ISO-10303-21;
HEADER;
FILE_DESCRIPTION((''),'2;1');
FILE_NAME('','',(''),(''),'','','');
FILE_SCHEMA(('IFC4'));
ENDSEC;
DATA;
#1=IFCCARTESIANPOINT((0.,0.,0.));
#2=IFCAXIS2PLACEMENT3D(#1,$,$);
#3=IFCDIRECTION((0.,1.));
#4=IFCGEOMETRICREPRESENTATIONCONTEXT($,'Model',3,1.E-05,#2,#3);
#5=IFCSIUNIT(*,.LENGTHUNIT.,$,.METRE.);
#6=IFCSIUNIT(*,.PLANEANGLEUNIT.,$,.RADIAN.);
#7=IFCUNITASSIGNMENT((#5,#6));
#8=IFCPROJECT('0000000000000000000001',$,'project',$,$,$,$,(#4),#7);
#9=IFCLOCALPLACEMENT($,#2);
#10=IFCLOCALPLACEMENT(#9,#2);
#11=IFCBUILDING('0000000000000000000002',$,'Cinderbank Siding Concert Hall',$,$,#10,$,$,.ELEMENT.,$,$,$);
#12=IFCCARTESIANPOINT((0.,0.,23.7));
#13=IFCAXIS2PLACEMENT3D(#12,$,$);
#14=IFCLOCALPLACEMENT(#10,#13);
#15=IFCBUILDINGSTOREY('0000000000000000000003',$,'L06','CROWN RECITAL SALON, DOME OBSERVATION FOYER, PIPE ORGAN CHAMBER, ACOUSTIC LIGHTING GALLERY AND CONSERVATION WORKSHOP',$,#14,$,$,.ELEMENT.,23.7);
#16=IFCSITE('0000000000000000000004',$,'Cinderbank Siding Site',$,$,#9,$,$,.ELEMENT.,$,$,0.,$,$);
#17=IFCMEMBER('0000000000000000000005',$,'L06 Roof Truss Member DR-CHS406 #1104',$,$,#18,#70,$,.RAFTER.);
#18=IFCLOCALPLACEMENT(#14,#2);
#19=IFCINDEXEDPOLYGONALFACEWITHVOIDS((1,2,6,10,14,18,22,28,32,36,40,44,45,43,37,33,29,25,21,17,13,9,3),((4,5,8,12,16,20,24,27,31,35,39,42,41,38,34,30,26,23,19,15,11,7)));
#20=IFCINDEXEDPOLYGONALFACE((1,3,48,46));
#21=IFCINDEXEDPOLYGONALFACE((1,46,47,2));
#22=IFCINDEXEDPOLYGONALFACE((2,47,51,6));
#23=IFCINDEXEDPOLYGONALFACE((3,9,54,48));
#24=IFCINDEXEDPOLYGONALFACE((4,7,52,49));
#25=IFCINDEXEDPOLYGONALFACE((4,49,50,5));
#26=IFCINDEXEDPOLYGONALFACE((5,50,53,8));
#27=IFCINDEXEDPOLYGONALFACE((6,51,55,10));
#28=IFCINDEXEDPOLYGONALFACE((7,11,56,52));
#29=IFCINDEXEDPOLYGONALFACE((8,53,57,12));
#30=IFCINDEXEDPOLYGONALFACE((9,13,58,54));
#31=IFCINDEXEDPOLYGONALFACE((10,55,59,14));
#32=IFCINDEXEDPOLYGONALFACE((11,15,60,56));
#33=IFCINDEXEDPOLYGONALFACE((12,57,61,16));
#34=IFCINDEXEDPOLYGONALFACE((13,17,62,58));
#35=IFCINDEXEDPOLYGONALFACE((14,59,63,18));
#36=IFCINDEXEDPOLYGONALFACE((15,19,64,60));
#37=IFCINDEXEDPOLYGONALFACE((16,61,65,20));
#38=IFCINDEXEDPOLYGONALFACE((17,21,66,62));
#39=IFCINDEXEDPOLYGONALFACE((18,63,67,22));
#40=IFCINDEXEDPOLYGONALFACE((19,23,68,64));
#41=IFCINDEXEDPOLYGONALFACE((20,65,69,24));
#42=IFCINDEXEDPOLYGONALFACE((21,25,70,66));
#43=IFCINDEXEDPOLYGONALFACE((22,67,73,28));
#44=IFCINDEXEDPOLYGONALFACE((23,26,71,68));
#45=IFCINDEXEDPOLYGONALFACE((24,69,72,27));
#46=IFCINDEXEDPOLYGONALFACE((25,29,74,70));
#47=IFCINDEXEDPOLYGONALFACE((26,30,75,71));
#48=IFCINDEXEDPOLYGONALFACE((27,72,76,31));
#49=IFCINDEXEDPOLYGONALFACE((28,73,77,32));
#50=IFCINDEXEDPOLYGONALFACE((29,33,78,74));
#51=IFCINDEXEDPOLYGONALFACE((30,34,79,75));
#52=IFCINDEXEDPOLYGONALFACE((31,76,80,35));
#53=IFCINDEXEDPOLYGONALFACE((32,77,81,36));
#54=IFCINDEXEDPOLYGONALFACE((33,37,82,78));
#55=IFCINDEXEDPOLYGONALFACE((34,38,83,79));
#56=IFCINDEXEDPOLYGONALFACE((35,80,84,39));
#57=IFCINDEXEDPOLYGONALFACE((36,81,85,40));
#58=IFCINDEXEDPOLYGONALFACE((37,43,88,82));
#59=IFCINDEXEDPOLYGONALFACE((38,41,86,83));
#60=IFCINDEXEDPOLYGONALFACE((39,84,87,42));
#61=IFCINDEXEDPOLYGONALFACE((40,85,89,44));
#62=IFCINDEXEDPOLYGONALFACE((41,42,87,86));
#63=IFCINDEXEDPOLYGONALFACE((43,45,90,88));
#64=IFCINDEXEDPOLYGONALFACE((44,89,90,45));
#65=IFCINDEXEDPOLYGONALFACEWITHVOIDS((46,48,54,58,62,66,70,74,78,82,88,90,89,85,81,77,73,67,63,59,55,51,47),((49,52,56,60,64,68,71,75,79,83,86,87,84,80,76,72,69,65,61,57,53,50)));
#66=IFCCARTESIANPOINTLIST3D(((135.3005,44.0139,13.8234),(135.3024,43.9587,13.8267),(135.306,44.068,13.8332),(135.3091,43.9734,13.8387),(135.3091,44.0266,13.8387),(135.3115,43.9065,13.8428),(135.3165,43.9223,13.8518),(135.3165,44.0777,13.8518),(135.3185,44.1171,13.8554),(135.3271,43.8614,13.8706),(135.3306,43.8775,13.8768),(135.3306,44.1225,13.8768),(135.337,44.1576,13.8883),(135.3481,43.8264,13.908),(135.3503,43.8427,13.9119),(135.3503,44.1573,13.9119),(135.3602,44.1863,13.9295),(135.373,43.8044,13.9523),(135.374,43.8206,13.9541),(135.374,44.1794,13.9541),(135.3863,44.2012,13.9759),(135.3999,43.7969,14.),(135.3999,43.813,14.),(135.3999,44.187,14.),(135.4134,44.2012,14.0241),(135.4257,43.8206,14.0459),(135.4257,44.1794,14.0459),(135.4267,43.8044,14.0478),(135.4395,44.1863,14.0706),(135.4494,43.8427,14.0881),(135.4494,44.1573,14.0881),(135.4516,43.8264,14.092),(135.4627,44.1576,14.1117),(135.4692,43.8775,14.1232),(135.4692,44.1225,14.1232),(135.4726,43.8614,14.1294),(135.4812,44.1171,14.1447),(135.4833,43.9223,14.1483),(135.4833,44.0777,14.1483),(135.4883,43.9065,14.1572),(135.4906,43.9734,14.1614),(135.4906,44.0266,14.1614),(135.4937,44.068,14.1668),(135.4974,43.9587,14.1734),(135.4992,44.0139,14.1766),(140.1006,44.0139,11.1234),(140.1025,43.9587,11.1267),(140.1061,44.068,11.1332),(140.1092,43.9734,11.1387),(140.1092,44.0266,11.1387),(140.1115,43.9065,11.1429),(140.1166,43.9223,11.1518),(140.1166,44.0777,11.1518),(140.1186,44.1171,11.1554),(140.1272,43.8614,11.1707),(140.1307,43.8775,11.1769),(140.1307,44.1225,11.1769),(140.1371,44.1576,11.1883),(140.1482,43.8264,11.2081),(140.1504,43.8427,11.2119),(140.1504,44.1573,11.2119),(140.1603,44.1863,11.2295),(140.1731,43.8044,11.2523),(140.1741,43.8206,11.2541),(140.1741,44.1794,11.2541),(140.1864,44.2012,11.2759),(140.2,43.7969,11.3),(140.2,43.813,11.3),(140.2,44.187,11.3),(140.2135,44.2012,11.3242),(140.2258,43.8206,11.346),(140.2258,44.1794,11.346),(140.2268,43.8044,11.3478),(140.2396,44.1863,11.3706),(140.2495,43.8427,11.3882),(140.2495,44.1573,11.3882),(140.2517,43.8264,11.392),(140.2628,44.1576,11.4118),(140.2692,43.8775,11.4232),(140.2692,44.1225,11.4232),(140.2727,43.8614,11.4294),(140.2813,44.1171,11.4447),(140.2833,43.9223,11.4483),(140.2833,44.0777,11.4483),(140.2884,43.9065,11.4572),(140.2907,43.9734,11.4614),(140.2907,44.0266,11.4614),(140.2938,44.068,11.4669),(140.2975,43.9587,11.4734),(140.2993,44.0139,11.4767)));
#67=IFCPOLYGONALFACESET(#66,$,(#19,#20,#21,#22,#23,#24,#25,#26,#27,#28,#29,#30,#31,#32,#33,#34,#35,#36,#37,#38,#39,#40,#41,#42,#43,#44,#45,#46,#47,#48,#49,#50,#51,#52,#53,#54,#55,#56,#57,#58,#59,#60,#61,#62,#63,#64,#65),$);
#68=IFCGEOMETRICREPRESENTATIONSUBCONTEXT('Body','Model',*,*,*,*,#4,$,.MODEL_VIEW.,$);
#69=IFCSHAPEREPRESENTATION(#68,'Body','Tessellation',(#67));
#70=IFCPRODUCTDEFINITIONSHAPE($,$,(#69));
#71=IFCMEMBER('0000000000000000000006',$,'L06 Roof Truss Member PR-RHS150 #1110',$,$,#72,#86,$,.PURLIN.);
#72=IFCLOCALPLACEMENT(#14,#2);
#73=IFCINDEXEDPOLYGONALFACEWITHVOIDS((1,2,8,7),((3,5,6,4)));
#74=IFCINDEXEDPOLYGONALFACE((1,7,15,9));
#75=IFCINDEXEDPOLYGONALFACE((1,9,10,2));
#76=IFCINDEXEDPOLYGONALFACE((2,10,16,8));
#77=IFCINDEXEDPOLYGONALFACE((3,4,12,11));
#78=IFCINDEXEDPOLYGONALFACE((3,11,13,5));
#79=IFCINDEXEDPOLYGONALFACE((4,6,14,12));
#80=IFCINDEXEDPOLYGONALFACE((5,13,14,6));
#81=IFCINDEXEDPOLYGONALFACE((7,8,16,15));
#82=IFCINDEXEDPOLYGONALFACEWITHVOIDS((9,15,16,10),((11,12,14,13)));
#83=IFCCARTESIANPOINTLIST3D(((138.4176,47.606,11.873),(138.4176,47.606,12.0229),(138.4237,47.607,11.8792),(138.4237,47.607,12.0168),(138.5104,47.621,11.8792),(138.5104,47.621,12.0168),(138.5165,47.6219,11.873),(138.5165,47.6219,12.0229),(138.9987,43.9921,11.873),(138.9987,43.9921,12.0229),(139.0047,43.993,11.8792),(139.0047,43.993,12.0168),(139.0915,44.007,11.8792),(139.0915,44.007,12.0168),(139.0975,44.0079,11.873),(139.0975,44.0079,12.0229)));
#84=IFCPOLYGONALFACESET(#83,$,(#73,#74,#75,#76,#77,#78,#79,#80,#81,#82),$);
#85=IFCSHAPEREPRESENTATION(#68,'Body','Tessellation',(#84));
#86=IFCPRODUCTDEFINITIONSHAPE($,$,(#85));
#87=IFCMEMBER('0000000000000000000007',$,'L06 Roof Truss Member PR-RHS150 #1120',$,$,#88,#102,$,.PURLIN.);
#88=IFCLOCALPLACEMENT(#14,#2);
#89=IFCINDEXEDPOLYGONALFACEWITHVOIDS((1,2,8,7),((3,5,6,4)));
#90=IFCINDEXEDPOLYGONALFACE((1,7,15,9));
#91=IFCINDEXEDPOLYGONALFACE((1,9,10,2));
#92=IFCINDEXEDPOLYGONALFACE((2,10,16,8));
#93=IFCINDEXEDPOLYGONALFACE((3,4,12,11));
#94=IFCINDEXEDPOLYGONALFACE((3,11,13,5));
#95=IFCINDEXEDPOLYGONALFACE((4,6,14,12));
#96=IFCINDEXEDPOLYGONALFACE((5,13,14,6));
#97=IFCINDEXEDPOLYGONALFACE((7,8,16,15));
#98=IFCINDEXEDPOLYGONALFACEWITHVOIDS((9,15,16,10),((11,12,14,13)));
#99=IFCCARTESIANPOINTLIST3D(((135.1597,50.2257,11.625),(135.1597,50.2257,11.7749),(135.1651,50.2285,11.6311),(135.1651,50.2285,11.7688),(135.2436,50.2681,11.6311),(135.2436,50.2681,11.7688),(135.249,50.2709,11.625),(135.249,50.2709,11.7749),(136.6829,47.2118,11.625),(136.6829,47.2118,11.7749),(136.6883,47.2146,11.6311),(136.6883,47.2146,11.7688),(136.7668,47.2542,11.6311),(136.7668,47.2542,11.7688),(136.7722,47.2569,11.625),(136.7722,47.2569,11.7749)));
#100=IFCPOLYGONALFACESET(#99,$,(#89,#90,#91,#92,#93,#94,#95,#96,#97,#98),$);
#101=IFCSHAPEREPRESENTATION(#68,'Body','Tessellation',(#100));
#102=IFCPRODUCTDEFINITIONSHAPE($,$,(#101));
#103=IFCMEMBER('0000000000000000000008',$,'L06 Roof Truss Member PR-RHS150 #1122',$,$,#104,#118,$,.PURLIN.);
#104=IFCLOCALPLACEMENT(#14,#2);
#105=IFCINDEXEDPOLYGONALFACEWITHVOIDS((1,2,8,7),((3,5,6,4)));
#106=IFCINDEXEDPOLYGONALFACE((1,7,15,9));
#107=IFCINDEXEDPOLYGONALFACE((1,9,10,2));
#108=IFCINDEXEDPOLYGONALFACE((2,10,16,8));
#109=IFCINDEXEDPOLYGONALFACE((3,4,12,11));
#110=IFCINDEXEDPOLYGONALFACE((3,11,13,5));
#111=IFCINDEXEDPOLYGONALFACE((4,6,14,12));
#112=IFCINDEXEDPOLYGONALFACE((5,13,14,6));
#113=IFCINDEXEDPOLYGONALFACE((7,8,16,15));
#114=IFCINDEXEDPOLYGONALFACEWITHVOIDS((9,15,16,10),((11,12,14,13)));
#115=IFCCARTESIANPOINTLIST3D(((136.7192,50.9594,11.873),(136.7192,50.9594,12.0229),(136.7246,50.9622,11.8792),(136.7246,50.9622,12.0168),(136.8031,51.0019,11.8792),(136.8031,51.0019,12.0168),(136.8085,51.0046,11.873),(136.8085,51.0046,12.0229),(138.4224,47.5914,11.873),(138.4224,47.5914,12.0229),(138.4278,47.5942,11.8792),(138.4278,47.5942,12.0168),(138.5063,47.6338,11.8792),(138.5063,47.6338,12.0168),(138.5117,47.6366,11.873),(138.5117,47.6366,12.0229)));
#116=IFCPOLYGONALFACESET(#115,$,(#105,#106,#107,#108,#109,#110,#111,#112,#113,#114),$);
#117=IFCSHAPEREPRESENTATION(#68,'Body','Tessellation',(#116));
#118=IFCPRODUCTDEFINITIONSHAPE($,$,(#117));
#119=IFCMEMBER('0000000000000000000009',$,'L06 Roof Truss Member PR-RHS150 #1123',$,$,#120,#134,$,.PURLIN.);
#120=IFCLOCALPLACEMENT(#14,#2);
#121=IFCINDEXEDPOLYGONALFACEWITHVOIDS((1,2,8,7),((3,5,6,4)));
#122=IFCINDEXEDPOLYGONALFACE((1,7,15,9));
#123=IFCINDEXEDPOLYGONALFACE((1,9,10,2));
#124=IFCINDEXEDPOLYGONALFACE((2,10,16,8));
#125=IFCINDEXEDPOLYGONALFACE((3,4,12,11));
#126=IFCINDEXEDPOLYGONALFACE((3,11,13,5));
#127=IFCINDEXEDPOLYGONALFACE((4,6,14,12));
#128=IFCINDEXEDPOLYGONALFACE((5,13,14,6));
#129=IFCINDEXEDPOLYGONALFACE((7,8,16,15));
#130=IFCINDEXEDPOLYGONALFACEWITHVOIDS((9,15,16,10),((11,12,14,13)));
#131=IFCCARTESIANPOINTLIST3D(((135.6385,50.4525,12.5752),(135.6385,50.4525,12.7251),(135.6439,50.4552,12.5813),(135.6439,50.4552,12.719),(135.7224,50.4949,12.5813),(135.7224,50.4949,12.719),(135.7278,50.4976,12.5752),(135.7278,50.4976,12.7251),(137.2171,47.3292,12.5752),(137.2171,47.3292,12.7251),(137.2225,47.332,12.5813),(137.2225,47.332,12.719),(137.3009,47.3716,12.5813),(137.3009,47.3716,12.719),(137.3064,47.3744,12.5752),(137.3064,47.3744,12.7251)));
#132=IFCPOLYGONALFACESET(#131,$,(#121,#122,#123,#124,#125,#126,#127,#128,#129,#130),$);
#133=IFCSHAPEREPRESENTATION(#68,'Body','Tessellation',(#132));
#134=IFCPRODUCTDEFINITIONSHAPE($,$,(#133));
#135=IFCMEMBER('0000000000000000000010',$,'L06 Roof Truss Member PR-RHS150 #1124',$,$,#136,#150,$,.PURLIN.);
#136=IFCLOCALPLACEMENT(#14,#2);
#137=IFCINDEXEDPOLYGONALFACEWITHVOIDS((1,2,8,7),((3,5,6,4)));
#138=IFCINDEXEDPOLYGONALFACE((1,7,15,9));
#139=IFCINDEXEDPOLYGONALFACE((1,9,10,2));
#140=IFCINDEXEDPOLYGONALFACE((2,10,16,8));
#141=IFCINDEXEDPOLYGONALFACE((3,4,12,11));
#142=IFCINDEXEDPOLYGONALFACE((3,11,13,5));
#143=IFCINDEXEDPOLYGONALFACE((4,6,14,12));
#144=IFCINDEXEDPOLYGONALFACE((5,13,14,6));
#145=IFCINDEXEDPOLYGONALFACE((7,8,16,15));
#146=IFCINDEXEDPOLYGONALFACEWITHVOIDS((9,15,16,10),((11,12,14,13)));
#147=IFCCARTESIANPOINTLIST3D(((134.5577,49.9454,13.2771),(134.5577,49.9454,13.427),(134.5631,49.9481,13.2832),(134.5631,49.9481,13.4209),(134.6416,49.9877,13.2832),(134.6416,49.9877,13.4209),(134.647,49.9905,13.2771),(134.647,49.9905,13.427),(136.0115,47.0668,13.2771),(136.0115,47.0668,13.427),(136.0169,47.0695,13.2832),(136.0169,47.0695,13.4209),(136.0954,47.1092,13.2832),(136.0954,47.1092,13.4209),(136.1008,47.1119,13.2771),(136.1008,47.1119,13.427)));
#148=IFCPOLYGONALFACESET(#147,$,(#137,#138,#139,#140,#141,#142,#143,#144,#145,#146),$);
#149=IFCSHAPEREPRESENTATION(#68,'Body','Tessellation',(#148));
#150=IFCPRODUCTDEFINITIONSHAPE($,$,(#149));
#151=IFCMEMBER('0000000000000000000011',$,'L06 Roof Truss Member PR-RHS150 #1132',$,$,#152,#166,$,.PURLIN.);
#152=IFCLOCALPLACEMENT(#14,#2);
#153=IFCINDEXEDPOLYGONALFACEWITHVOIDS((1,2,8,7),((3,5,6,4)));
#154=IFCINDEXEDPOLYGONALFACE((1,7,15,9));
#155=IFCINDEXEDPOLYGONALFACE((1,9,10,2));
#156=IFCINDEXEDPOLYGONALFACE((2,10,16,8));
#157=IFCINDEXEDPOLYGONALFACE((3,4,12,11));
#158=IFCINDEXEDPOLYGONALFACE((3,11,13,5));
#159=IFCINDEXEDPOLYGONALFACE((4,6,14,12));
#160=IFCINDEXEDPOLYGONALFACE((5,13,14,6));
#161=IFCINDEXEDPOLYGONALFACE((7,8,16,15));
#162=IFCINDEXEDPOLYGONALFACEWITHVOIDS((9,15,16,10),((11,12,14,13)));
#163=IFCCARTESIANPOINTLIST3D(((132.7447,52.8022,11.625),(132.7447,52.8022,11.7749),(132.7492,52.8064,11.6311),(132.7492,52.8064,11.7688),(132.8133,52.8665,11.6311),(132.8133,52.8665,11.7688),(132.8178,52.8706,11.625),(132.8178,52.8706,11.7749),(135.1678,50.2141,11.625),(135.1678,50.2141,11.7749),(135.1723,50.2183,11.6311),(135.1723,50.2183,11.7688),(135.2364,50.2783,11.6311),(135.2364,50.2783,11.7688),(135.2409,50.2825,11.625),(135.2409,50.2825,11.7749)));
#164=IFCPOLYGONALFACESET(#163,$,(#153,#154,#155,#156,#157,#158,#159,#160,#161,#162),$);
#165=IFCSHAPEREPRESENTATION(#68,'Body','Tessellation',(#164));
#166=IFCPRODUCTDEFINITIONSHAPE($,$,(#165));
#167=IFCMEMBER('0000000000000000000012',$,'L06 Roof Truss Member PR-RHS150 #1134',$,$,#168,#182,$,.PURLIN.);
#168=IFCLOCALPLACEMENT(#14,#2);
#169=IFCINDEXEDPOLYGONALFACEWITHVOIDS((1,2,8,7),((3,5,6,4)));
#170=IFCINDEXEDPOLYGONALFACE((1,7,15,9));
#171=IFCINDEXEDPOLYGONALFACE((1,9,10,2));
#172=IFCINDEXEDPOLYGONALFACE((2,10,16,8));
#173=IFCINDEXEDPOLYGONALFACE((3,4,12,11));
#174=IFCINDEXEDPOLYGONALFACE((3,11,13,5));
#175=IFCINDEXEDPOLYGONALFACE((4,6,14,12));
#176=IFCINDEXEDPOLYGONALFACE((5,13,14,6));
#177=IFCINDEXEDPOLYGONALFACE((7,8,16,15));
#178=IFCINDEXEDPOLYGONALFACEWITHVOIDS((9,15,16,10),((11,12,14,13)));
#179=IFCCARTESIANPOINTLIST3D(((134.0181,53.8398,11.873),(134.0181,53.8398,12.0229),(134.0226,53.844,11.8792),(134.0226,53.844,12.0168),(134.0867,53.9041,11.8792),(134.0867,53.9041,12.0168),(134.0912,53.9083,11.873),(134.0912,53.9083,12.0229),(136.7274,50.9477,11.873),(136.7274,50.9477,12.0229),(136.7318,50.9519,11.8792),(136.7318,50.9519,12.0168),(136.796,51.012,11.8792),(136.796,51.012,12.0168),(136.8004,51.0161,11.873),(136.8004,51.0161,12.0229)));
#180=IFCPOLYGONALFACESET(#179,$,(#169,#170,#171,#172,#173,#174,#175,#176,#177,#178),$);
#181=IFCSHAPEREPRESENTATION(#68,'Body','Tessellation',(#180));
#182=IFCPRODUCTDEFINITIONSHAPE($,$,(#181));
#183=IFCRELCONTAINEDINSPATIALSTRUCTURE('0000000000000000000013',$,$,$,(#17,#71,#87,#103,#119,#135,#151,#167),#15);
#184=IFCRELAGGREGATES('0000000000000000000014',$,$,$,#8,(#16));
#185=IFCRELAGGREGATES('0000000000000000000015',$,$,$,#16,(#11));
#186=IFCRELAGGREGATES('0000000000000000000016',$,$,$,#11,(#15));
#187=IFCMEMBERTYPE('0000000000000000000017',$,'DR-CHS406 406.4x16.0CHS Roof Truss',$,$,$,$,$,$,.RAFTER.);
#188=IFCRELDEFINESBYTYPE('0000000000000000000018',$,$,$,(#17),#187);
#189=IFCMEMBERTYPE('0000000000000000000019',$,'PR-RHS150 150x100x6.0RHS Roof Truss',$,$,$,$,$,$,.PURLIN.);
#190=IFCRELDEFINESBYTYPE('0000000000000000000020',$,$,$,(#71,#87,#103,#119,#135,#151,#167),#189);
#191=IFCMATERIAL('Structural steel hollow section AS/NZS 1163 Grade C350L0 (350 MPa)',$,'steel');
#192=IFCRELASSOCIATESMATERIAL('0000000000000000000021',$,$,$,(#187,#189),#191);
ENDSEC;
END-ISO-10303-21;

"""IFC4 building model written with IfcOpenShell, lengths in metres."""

from ifc_helpers import new_model, si_unit, direction, frame, origin, origin_2d, place, context, subcontext, project, spatial, hollow_rectangle, hollow_circle, extrude, material, material_profile, profile_set, type_object, element, save


model = new_model("IFC4")

# Units and contexts
model_context = context("Model", 3, precision=1e-05, world=origin(), true_north=direction((0.0, 1.0)))
body_context = subcontext(model_context, "Body", "Model", "MODEL_VIEW")
ifc_project = project(units=[si_unit("LENGTHUNIT", "METRE"), si_unit("PLANEANGLEUNIT", "RADIAN")], contexts=[model_context])

# Site, building, storey
site_placement = place(None, origin())
site = spatial("IfcSite", under=ifc_project, at=site_placement, Name="Cinderbank Siding Site", CompositionType="ELEMENT", RefElevation=0.0)
building_placement = place(site_placement, origin())
building = spatial("IfcBuilding", under=site, at=building_placement, Name="Cinderbank Siding Concert Hall", CompositionType="ELEMENT")
storey_placement = place(building_placement, frame((0.0, 0.0, 23.7)))
storey = spatial("IfcBuildingStorey", under=building, at=storey_placement, Name="L06", Description="CROWN RECITAL SALON, DOME OBSERVATION FOYER, PIPE ORGAN CHAMBER, ACOUSTIC LIGHTING GALLERY AND CONSERVATION WORKSHOP", CompositionType="ELEMENT", Elevation=23.7)

# Members
ifc_material_1 = material(Name="Structural steel hollow section AS/NZS 1163 Grade C350L0 (350 MPa)", Category="steel")
ifc_material_profile_1 = material_profile(ifc_material_1, hollow_circle(Radius=0.2031, WallThickness=0.0161, at=origin_2d()), Name="406.4x16.0CHS", Category="LoadBearing")
ifc_profile_set_1 = profile_set([ifc_material_profile_1], Name="Structural steel hollow section AS/NZS 1163 Grade C350L0 (350 MPa)")
member_type_1 = type_object("IfcMemberType", Name="DR-CHS406 406.4x16.0CHS Roof Truss", PredefinedType="RAFTER", material=ifc_profile_set_1)
member_1_placement = place(storey_placement, frame((140.2, 44.0, 11.3), z_axis=(-0.871581, 0.0, 0.490251), x_axis=(0.0, -1.0, 0.0)))
element("IfcMember", 1, at=member_1_placement, inside=storey, type_object=member_type_1, Name="L06 Roof Truss Member DR-CHS406 #1104", PredefinedType="RAFTER", context=body_context, shape_type="SweptSolid", body=[
    extrude(hollow_circle(Radius=0.2031, WallThickness=0.0161, at=origin_2d()), origin(), (0.0, 0.0, 1.0), 5.5073),
])
ifc_material_profile_2 = material_profile(ifc_material_1, hollow_rectangle(XDim=0.1001, YDim=0.1499, WallThickness=0.0061, at=origin_2d()), Name="150x100x6.0RHS", Category="LoadBearing")
ifc_profile_set_2 = profile_set([ifc_material_profile_2], Name="Structural steel hollow section AS/NZS 1163 Grade C350L0 (350 MPa)")
member_type_2 = type_object("IfcMemberType", Name="PR-RHS150 150x100x6.0RHS Roof Truss", PredefinedType="PURLIN", material=ifc_profile_set_2)
member_2_placement = place(storey_placement, frame((139.0481, 44.0, 11.948), z_axis=(-0.15874, 0.98732, 0.0), x_axis=(-0.98732, -0.15874, 0.0)))
element("IfcMember", 2, at=member_2_placement, inside=storey, type_object=member_type_2, Name="L06 Roof Truss Member PR-RHS150 #1110", PredefinedType="PURLIN", context=body_context, shape_type="SweptSolid", body=[
    extrude(hollow_rectangle(XDim=0.1001, YDim=0.1499, WallThickness=0.0061, at=origin_2d()), origin(), (0.0, 0.0, 1.0), 3.6604),
])
member_3_placement = place(storey_placement, frame((136.7275, 47.2344, 11.7), z_axis=(-0.451056, 0.892496, 0.0), x_axis=(-0.892496, -0.451056, 0.0)))
element("IfcMember", 3, at=member_3_placement, inside=storey, type_object=member_type_2, Name="L06 Roof Truss Member PR-RHS150 #1120", PredefinedType="PURLIN", context=body_context, shape_type="SweptSolid", body=[
    extrude(hollow_rectangle(XDim=0.1001, YDim=0.1499, WallThickness=0.0061, at=origin_2d()), origin(), (0.0, 0.0, 1.0), 3.377),
])
member_4_placement = place(storey_placement, frame((138.467, 47.614, 11.948), z_axis=(-0.451271, 0.892387, 0.0), x_axis=(-0.892387, -0.451271, 0.0)))
element("IfcMember", 4, at=member_4_placement, inside=storey, type_object=member_type_2, Name="L06 Roof Truss Member PR-RHS150 #1122", PredefinedType="PURLIN", context=body_context, shape_type="SweptSolid", body=[
    extrude(hollow_rectangle(XDim=0.1001, YDim=0.1499, WallThickness=0.0061, at=origin_2d()), origin(), (0.0, 0.0, 1.0), 3.7742),
])
member_5_placement = place(storey_placement, frame((137.2617, 47.3518, 12.6501), z_axis=(-0.451088, 0.892479, 0.0), x_axis=(-0.892479, -0.451088, 0.0)))
element("IfcMember", 5, at=member_5_placement, inside=storey, type_object=member_type_2, Name="L06 Roof Truss Member PR-RHS150 #1123", PredefinedType="PURLIN", context=body_context, shape_type="SweptSolid", body=[
    extrude(hollow_rectangle(XDim=0.1001, YDim=0.1499, WallThickness=0.0061, at=origin_2d()), origin(), (0.0, 0.0, 1.0), 3.4995),
])
member_6_placement = place(storey_placement, frame((136.0562, 47.0894, 13.3521), z_axis=(-0.450813, 0.892618, 0.0), x_axis=(-0.892618, -0.450813, 0.0)))
element("IfcMember", 6, at=member_6_placement, inside=storey, type_object=member_type_2, Name="L06 Roof Truss Member PR-RHS150 #1124", PredefinedType="PURLIN", context=body_context, shape_type="SweptSolid", body=[
    extrude(hollow_rectangle(XDim=0.1001, YDim=0.1499, WallThickness=0.0061, at=origin_2d()), origin(), (0.0, 0.0, 1.0), 3.2249),
])
member_7_placement = place(storey_placement, frame((135.2043, 50.2483, 11.7), z_axis=(-0.683448, 0.729999, 0.0), x_axis=(-0.729999, -0.683448, 0.0)))
element("IfcMember", 7, at=member_7_placement, inside=storey, type_object=member_type_2, Name="L06 Roof Truss Member PR-RHS150 #1132", PredefinedType="PURLIN", context=body_context, shape_type="SweptSolid", body=[
    extrude(hollow_rectangle(XDim=0.1001, YDim=0.1499, WallThickness=0.0061, at=origin_2d()), origin(), (0.0, 0.0, 1.0), 3.5454),
])
member_8_placement = place(storey_placement, frame((136.7639, 50.9819, 11.948), z_axis=(-0.683658, 0.729802, 0.0), x_axis=(-0.729802, -0.683658, 0.0)))
element("IfcMember", 8, at=member_8_placement, inside=storey, type_object=member_type_2, Name="L06 Roof Truss Member PR-RHS150 #1134", PredefinedType="PURLIN", context=body_context, shape_type="SweptSolid", body=[
    extrude(hollow_rectangle(XDim=0.1001, YDim=0.1499, WallThickness=0.0061, at=origin_2d()), origin(), (0.0, 0.0, 1.0), 3.9629),
])

save(model, "model.ifc")
